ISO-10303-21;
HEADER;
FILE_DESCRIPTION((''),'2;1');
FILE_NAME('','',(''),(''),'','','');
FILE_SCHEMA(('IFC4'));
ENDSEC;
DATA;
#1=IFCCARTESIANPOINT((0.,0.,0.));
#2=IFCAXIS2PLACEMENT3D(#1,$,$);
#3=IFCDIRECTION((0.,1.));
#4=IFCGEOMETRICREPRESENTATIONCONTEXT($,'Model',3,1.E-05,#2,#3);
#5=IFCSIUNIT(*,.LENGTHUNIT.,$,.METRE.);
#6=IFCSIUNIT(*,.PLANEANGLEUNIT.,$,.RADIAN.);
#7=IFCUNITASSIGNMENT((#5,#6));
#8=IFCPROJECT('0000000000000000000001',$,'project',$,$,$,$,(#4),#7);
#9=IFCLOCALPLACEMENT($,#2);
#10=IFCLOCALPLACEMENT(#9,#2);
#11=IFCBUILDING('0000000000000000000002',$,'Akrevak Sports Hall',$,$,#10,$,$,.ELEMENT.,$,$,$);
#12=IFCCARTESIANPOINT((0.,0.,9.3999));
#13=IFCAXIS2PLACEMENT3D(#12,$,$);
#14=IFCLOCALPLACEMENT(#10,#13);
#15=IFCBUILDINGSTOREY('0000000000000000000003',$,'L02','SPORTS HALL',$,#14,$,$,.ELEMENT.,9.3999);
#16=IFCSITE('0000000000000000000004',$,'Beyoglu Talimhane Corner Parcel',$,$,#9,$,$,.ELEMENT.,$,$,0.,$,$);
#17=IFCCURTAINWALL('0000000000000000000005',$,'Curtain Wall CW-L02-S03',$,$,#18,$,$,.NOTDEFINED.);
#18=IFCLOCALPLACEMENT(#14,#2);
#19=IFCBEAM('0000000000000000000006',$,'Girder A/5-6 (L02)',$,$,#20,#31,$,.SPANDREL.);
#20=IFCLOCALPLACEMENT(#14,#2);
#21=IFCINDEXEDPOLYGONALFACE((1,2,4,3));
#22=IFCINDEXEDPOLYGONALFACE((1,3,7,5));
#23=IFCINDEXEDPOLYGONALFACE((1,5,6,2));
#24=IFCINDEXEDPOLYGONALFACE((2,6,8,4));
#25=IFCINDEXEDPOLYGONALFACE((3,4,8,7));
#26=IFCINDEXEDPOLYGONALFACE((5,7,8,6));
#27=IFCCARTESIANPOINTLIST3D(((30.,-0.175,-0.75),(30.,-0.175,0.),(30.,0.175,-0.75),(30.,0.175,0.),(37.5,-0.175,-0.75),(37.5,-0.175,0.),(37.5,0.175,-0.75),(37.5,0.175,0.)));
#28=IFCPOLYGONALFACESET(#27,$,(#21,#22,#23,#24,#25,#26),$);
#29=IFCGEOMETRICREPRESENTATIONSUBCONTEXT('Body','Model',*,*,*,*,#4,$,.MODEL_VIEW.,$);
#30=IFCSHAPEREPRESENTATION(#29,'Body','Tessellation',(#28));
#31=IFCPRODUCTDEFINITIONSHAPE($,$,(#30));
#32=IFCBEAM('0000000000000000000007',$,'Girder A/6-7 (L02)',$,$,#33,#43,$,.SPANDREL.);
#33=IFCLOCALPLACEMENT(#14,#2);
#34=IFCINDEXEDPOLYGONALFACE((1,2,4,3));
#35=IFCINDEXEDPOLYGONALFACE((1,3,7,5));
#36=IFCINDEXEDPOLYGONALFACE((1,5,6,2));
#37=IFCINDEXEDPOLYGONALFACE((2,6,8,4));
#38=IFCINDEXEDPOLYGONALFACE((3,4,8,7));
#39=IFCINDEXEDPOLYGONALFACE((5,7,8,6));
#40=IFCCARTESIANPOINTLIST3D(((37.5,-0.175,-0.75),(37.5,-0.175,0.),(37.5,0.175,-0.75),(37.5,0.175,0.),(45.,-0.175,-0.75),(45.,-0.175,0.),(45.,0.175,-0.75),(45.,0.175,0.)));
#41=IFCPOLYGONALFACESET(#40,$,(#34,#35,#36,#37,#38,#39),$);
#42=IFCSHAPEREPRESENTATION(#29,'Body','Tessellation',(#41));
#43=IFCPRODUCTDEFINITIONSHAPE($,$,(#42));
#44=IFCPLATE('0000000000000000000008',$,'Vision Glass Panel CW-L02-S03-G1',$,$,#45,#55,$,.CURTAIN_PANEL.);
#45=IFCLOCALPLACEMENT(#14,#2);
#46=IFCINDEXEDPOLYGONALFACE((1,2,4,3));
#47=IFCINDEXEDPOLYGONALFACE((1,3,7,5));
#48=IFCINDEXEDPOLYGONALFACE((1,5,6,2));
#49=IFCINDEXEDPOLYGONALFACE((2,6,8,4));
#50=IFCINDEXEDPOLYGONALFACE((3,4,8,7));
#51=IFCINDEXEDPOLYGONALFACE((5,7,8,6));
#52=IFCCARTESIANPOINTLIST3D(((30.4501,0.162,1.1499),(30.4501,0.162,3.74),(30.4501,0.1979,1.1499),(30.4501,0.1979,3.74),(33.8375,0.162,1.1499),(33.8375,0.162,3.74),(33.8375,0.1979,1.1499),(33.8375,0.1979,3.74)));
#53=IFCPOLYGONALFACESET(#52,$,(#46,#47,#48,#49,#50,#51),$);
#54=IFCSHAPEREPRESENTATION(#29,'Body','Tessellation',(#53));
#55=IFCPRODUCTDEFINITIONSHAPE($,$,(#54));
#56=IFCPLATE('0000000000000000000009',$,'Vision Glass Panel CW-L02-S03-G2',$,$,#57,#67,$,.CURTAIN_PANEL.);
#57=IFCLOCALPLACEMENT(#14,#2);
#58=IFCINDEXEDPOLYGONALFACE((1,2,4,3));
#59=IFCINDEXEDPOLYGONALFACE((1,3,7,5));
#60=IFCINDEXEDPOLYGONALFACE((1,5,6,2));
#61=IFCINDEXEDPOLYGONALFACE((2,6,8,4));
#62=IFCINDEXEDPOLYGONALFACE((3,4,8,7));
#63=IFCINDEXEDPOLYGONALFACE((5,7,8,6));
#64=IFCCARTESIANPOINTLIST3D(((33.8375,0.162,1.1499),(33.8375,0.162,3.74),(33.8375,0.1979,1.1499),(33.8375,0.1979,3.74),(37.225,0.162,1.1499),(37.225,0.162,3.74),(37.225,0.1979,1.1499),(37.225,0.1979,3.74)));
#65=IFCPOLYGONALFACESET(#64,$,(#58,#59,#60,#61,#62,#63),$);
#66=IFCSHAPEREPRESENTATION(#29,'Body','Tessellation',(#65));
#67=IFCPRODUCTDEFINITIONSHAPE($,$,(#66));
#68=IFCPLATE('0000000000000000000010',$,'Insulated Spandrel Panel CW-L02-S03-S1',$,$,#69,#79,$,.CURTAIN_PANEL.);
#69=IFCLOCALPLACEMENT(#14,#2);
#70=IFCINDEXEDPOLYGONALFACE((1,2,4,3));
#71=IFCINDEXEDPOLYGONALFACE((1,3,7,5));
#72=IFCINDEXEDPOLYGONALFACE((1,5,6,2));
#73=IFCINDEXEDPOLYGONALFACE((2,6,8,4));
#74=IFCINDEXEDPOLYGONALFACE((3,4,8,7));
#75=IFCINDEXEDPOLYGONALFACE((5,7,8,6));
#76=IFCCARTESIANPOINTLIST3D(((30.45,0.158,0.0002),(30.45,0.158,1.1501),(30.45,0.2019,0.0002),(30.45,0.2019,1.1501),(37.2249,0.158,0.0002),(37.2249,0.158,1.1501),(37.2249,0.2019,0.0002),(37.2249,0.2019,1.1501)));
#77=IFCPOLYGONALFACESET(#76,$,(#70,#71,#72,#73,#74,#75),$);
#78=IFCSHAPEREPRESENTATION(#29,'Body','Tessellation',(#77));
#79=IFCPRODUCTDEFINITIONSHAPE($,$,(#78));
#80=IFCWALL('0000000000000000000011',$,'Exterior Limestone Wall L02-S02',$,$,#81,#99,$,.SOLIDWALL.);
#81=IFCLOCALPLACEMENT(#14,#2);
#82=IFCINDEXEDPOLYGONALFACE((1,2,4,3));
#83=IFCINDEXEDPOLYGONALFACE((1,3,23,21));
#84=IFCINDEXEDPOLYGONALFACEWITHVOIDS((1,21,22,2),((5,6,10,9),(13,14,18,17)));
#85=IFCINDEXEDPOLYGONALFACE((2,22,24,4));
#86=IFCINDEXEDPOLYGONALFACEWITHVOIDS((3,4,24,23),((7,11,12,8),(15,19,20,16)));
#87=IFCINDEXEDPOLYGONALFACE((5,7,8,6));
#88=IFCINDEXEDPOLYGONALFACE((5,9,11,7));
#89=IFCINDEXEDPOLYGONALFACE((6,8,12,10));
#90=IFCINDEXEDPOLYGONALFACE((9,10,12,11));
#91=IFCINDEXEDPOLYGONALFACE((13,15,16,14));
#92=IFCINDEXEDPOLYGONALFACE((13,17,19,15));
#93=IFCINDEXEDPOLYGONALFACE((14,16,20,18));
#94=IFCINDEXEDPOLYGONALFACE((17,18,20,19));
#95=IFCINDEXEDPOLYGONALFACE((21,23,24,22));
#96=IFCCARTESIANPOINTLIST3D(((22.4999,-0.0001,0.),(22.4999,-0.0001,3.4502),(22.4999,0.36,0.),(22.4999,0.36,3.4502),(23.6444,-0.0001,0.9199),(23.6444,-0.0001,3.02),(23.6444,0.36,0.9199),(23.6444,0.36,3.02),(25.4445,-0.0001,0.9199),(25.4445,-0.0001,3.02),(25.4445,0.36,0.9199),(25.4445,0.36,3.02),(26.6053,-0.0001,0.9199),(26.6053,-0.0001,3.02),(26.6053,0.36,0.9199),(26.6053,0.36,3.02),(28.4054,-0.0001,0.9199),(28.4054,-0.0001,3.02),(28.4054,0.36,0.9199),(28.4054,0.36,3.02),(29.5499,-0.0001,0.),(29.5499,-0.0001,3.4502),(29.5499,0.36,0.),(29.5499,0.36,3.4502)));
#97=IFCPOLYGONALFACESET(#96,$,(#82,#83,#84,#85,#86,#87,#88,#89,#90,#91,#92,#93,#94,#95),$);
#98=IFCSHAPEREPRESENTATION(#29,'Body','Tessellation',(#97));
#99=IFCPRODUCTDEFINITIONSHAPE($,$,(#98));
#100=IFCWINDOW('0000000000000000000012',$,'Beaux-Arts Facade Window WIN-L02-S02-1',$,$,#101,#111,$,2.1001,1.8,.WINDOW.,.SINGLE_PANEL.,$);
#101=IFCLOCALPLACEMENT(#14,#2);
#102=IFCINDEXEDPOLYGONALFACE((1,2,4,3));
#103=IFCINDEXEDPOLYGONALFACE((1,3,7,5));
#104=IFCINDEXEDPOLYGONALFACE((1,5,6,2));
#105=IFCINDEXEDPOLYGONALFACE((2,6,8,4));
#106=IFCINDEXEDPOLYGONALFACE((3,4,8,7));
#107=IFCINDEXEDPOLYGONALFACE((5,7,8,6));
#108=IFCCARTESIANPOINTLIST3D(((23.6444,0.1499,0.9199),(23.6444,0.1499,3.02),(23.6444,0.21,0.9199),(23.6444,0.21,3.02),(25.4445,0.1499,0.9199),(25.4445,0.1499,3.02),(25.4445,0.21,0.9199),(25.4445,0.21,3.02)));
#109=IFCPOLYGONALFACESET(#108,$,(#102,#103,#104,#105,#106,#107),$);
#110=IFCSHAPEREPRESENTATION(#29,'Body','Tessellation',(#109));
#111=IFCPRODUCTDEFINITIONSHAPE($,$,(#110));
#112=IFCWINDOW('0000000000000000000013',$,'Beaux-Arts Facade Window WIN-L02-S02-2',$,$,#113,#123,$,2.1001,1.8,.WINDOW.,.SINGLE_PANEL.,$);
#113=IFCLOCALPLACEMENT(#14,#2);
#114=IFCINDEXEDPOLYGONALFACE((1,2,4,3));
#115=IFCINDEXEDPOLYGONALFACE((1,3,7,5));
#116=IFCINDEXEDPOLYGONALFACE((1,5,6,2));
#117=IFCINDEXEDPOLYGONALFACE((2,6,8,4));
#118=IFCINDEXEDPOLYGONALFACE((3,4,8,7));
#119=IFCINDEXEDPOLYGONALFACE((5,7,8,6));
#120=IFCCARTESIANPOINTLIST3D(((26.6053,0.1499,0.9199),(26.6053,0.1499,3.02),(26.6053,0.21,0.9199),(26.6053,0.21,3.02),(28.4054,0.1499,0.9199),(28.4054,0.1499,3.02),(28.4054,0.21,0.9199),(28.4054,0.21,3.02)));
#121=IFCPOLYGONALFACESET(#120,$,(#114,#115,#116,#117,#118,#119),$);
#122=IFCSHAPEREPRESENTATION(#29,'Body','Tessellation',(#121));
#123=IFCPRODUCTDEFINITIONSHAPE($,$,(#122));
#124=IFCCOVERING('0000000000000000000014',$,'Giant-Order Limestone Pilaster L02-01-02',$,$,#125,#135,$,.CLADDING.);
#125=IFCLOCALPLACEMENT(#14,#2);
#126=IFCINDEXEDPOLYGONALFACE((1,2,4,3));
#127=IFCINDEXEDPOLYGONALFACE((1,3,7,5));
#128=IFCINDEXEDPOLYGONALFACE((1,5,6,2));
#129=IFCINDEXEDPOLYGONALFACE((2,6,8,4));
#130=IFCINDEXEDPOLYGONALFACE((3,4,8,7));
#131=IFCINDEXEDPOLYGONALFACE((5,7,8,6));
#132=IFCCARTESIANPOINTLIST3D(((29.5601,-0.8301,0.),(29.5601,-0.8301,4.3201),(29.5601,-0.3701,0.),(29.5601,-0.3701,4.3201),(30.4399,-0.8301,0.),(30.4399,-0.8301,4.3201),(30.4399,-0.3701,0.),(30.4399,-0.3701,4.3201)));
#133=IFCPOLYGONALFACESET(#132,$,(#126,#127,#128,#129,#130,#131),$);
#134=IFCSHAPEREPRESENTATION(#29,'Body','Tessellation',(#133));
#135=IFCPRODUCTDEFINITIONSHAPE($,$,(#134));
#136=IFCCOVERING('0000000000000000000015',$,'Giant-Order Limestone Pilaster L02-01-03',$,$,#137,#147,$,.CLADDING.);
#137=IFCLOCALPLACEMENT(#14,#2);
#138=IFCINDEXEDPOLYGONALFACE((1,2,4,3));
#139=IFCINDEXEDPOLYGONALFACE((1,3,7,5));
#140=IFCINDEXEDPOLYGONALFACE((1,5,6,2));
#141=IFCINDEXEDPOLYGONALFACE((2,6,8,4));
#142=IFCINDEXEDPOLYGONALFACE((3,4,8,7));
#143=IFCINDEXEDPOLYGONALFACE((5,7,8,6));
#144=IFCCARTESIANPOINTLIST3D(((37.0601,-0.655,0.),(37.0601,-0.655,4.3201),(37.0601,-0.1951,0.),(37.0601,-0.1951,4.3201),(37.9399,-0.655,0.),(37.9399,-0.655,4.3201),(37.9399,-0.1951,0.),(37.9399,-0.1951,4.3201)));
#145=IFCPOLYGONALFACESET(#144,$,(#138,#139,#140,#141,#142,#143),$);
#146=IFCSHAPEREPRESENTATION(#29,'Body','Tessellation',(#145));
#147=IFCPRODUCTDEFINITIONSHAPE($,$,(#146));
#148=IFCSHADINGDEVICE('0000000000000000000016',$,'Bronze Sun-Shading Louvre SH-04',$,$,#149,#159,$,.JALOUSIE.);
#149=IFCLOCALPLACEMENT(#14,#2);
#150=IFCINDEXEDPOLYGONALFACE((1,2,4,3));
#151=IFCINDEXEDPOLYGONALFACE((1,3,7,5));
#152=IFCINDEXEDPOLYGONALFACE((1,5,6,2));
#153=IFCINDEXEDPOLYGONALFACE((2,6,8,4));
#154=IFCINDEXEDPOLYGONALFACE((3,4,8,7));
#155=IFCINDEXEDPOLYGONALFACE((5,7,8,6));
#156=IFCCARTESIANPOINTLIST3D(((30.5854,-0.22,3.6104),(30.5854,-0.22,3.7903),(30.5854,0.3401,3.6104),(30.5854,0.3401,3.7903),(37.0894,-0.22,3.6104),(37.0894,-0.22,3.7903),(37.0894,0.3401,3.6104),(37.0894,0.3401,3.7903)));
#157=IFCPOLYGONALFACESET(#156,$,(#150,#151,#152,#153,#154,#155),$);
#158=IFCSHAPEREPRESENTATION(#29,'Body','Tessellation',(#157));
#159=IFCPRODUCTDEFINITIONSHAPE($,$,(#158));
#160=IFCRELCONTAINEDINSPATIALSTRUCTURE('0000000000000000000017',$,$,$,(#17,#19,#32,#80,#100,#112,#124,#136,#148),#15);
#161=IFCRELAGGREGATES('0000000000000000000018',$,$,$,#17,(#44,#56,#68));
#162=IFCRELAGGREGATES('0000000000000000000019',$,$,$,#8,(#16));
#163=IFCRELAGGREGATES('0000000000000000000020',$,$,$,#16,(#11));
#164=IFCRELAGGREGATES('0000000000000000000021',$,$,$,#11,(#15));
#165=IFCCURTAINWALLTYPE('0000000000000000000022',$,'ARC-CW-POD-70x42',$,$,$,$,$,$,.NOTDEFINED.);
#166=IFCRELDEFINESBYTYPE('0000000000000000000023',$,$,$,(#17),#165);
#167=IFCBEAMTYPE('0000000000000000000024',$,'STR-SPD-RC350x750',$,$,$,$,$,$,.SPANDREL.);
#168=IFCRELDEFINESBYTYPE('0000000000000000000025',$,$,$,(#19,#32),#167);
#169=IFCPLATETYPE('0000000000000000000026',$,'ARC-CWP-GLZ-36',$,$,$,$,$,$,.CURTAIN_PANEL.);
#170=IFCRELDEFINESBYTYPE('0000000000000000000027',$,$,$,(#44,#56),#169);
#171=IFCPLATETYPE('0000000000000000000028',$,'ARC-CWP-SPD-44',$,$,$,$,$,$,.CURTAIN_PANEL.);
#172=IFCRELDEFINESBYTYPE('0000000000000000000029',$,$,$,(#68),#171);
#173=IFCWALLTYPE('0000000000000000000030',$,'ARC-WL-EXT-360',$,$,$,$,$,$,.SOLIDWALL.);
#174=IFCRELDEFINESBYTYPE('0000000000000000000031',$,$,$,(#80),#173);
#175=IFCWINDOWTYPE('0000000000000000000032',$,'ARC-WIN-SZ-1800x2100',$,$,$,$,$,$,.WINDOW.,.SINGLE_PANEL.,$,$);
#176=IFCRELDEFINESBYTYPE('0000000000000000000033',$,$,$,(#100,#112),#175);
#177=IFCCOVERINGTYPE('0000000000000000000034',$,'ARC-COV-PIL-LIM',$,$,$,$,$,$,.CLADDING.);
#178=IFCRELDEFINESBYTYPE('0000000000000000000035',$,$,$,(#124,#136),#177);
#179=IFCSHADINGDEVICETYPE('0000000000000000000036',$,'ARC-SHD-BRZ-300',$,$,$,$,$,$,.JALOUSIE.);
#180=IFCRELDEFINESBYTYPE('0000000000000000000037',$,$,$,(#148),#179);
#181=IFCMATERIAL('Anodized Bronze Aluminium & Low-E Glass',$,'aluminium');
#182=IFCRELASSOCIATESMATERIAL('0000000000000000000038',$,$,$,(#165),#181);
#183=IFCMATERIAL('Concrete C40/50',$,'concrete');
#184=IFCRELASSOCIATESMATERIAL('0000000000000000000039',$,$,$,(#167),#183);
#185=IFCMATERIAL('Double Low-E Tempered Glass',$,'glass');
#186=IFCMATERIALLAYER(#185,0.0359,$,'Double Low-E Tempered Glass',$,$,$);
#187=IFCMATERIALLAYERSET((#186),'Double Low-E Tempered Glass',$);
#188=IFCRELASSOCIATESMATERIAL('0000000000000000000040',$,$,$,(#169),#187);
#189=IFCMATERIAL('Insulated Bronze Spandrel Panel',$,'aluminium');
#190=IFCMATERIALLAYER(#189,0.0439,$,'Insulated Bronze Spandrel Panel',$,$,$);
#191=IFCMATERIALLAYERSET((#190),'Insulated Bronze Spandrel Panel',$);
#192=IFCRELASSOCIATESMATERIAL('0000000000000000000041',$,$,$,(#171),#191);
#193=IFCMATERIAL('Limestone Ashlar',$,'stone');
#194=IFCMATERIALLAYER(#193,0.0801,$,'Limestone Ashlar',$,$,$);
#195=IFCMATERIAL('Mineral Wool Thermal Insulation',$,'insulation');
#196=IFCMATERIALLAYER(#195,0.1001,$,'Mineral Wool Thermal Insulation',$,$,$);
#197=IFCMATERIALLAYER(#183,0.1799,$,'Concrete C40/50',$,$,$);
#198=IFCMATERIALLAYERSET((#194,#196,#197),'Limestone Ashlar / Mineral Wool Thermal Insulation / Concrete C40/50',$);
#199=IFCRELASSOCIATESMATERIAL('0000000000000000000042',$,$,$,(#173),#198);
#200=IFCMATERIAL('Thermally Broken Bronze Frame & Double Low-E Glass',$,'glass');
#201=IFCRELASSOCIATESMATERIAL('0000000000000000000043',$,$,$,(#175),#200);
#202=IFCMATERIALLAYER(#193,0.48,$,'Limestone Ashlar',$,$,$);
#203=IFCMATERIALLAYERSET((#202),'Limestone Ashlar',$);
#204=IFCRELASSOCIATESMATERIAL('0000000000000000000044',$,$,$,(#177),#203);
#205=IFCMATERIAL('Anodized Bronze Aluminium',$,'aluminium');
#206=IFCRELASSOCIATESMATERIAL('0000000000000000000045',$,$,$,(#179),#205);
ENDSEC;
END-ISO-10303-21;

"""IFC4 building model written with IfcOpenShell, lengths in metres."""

from ifc_helpers import new_model, si_unit, direction, frame, frame_2d, origin, origin_2d, place, context, subcontext, project, spatial, rectangle, extrude, material, layer, layer_set, material_profile, profile_set, type_object, element, fill, aggregate, save


model = new_model("IFC4")

# Units and contexts
model_context = context("Model", 3, precision=1e-05, world=origin(), true_north=direction((0.0, 1.0)))
body_context = subcontext(model_context, "Body", "Model", "MODEL_VIEW")
ifc_project = project(units=[si_unit("LENGTHUNIT", "METRE"), si_unit("PLANEANGLEUNIT", "RADIAN")], contexts=[model_context])

# Site, building, storey
site_placement = place(None, origin())
site = spatial("IfcSite", under=ifc_project, at=site_placement, Name="Beyoglu Talimhane Corner Parcel", CompositionType="ELEMENT", RefElevation=0.0)
building_placement = place(site_placement, origin())
building = spatial("IfcBuilding", under=site, at=building_placement, Name="Akrevak Sports Hall", CompositionType="ELEMENT")
storey_placement = place(building_placement, frame((0.0, 0.0, 9.3999)))
storey = spatial("IfcBuildingStorey", under=building, at=storey_placement, Name="L02", Description="SPORTS HALL", CompositionType="ELEMENT", Elevation=9.3999)

# Shared definitions
ifc_material_1 = material(Name="Concrete C40/50", Category="concrete")

# Curtain wall
ifc_material_2 = material(Name="Anodized Bronze Aluminium & Low-E Glass", Category="aluminium")
curtain_wall_type = type_object("IfcCurtainWallType", Name="ARC-CW-POD-70x42", PredefinedType="NOTDEFINED", material=ifc_material_2)
curtain_wall_placement = place(storey_placement, origin())
curtain_wall = element("IfcCurtainWall", 1, at=curtain_wall_placement, inside=storey, type_object=curtain_wall_type, Name="Curtain Wall CW-L02-S03", PredefinedType="NOTDEFINED")
ifc_material_3 = material(Name="Anodized Bronze Aluminium", Category="aluminium")

# Beams
ifc_material_profile_1 = material_profile(ifc_material_1, rectangle(XDim=0.3501, YDim=0.75, at=origin_2d()), Name="SPD 350x750", Category="concrete")
ifc_profile_set_1 = profile_set([ifc_material_profile_1], Name="Concrete C40/50")
beam_type_1 = type_object("IfcBeamType", Name="STR-SPD-RC350x750", PredefinedType="SPANDREL", material=ifc_profile_set_1)
for number, where, z_axis, x_axis, name in (
    (2, (30.0, 0.0, -0.375), (1.0, 0.0, 0.0), (0.0, 1.0, 0.0), "Girder A/5-6 (L02)"),
    (3, (37.5, 0.0, -0.375), (1.0, 0.0, 0.0), (0.0, 1.0, 0.0), "Girder A/6-7 (L02)"),
):
    element("IfcBeam", number, at=place(storey_placement, frame(where, z_axis=z_axis, x_axis=x_axis)), inside=storey, type_object=beam_type_1, Name=name, PredefinedType="SPANDREL", context=body_context, shape_type="SweptSolid", body=[
        extrude(rectangle(XDim=0.3501, YDim=0.75, at=origin_2d()), origin(), (0.0, 0.0, 1.0), 7.5),
    ])

# Plates
ifc_material_4 = material(Name="Double Low-E Tempered Glass", Category="glass")
ifc_layer_1 = layer(ifc_material_4, 0.0359, Name="Double Low-E Tempered Glass")
ifc_layer_set_1 = layer_set([ifc_layer_1], Name="Double Low-E Tempered Glass")
plate_type_1 = type_object("IfcPlateType", Name="ARC-CWP-GLZ-36", PredefinedType="CURTAIN_PANEL", material=ifc_layer_set_1)
plate_1_placement = place(storey_placement, frame((32.1438, 0.1799, 1.1499), z_axis=(0.0, 0.0, 1.0), x_axis=(1.0, 0.0, 0.0)))
plate_1 = element("IfcPlate", 4, at=plate_1_placement, type_object=plate_type_1, Name="Vision Glass Panel CW-L02-S03-G1", PredefinedType="CURTAIN_PANEL", context=body_context, shape_type="SweptSolid", body=[
    extrude(rectangle(XDim=3.3875, YDim=0.0359, at=origin_2d()), origin(), (0.0, 0.0, 1.0), 2.5901),
])
plate_2_placement = place(storey_placement, frame((35.5312, 0.1799, 1.1499), z_axis=(0.0, 0.0, 1.0), x_axis=(1.0, 0.0, 0.0)))
plate_2 = element("IfcPlate", 5, at=plate_2_placement, type_object=plate_type_1, Name="Vision Glass Panel CW-L02-S03-G2", PredefinedType="CURTAIN_PANEL", context=body_context, shape_type="SweptSolid", body=[
    extrude(rectangle(XDim=3.3875, YDim=0.0359, at=origin_2d()), origin(), (0.0, 0.0, 1.0), 2.5901),
])
ifc_material_5 = material(Name="Insulated Bronze Spandrel Panel", Category="aluminium")
ifc_layer_2 = layer(ifc_material_5, 0.0439, Name="Insulated Bronze Spandrel Panel")
ifc_layer_set_2 = layer_set([ifc_layer_2], Name="Insulated Bronze Spandrel Panel")
plate_type_2 = type_object("IfcPlateType", Name="ARC-CWP-SPD-44", PredefinedType="CURTAIN_PANEL", material=ifc_layer_set_2)
plate_3_placement = place(storey_placement, frame((33.8374, 0.1799, 0.0002), z_axis=(0.0, 0.0, 1.0), x_axis=(1.0, 0.0, 0.0)))
plate_3 = element("IfcPlate", 6, at=plate_3_placement, type_object=plate_type_2, Name="Insulated Spandrel Panel CW-L02-S03-S1", PredefinedType="CURTAIN_PANEL", context=body_context, shape_type="SweptSolid", body=[
    extrude(rectangle(XDim=6.7749, YDim=0.0439, at=origin_2d()), origin(), (0.0, 0.0, 1.0), 1.1499),
])
aggregate(curtain_wall, [plate_1, plate_2, plate_3])

# Wall, openings, windows
ifc_material_6 = material(Name="Limestone Ashlar", Category="stone")
ifc_layer_3 = layer(ifc_material_6, 0.0801, Name="Limestone Ashlar")
ifc_material_7 = material(Name="Mineral Wool Thermal Insulation", Category="insulation")
ifc_layer_4 = layer(ifc_material_7, 0.1001, Name="Mineral Wool Thermal Insulation")
ifc_layer_5 = layer(ifc_material_1, 0.1799, Name="Concrete C40/50")
ifc_layer_set_3 = layer_set([ifc_layer_3, ifc_layer_4, ifc_layer_5], Name="Limestone Ashlar / Mineral Wool Thermal Insulation / Concrete C40/50")
wall_type = type_object("IfcWallType", Name="ARC-WL-EXT-360", PredefinedType="SOLIDWALL", material=ifc_layer_set_3)
wall_placement = place(storey_placement, frame((22.5, 0.1799, 0.0), z_axis=(0.0, 0.0, 1.0), x_axis=(1.0, 0.0, 0.0)))
wall = element("IfcWall", 7, at=wall_placement, inside=storey, type_object=wall_type, Name="Exterior Limestone Wall L02-S02", PredefinedType="SOLIDWALL", context=body_context, shape_type="SweptSolid", body=[
    extrude(rectangle(XDim=7.05, YDim=0.3601, at=frame_2d((3.5249, 0.0))), origin(), (0.0, 0.0, 1.0), 3.4502),
])
opening_1_placement = place(wall_placement, frame((1.1445, 0.0, 0.9199)))
opening_1 = element("IfcOpeningElement", 8, at=opening_1_placement, cuts=wall, PredefinedType="OPENING", context=body_context, shape_type="SweptSolid", body=[
    extrude(rectangle(XDim=1.8, YDim=2.1001, at=frame_2d((0.8999, 1.05))), frame((0.0, 0.1919, 0.0), z_axis=(0.0, -1.0, 0.0), x_axis=(1.0, 0.0, 0.0)), (0.0, 0.0, 1.0), 0.384),
])
opening_2_placement = place(wall_placement, frame((4.1055, 0.0, 0.9199)))
opening_2 = element("IfcOpeningElement", 9, at=opening_2_placement, cuts=wall, PredefinedType="OPENING", context=body_context, shape_type="SweptSolid", body=[
    extrude(rectangle(XDim=1.8, YDim=2.1001, at=frame_2d((0.8999, 1.05))), frame((0.0, 0.1919, 0.0), z_axis=(0.0, -1.0, 0.0), x_axis=(1.0, 0.0, 0.0)), (0.0, 0.0, 1.0), 0.384),
])
ifc_material_8 = material(Name="Thermally Broken Bronze Frame & Double Low-E Glass", Category="glass")
window_type = type_object("IfcWindowType", Name="ARC-WIN-SZ-1800x2100", PartitioningType="SINGLE_PANEL", PredefinedType="WINDOW", material=ifc_material_8)
window_1_placement = place(opening_1_placement, origin())
window_1 = element("IfcWindow", 10, at=window_1_placement, inside=storey, type_object=window_type, Name="Beaux-Arts Facade Window WIN-L02-S02-1", OverallHeight=2.1001, OverallWidth=1.8, PartitioningType="SINGLE_PANEL", PredefinedType="WINDOW", context=body_context, shape_type="SweptSolid", body=[
    extrude(rectangle(XDim=1.8, YDim=2.1001, at=frame_2d((0.8999, 1.05))), frame((0.0, 0.03, 0.0), z_axis=(0.0, -1.0, 0.0), x_axis=(1.0, 0.0, 0.0)), (0.0, 0.0, 1.0), 0.0601),
])
fill(opening_1, window_1)
window_2_placement = place(opening_2_placement, origin())
window_2 = element("IfcWindow", 11, at=window_2_placement, inside=storey, type_object=window_type, Name="Beaux-Arts Facade Window WIN-L02-S02-2", OverallHeight=2.1001, OverallWidth=1.8, PartitioningType="SINGLE_PANEL", PredefinedType="WINDOW", context=body_context, shape_type="SweptSolid", body=[
    extrude(rectangle(XDim=1.8, YDim=2.1001, at=frame_2d((0.8999, 1.05))), frame((0.0, 0.03, 0.0), z_axis=(0.0, -1.0, 0.0), x_axis=(1.0, 0.0, 0.0)), (0.0, 0.0, 1.0), 0.0601),
])
fill(opening_2, window_2)

# Coverings
ifc_layer_6 = layer(ifc_material_6, 0.48, Name="Limestone Ashlar")
ifc_layer_set_4 = layer_set([ifc_layer_6], Name="Limestone Ashlar")
covering_type = type_object("IfcCoveringType", Name="ARC-COV-PIL-LIM", PredefinedType="CLADDING", material=ifc_layer_set_4)
for number, where, z_axis, x_axis, name in (
    (12, (30.0, -0.6001, 0.0), (0.0, 0.0, 1.0), (1.0, 0.0, 0.0), "Giant-Order Limestone Pilaster L02-01-02"),
    (13, (37.5, -0.425, 0.0), (0.0, 0.0, 1.0), (1.0, 0.0, 0.0), "Giant-Order Limestone Pilaster L02-01-03"),
):
    element("IfcCovering", number, at=place(storey_placement, frame(where, z_axis=z_axis, x_axis=x_axis)), inside=storey, type_object=covering_type, Name=name, PredefinedType="CLADDING", context=body_context, shape_type="SweptSolid", body=[
        extrude(rectangle(XDim=0.8799, YDim=0.46, at=origin_2d()), origin(), (0.0, 0.0, 1.0), 4.3201),
    ])

# Shading device
shading_device_type = type_object("IfcShadingDeviceType", Name="ARC-SHD-BRZ-300", PredefinedType="JALOUSIE", material=ifc_material_3)
shading_device_placement = place(storey_placement, frame((33.8374, 0.0601, 3.6104), z_axis=(0.0, 0.0, 1.0), x_axis=(1.0, 0.0, 0.0)))
element("IfcShadingDevice", 14, at=shading_device_placement, inside=storey, type_object=shading_device_type, Name="Bronze Sun-Shading Louvre SH-04", PredefinedType="JALOUSIE", context=body_context, shape_type="SweptSolid", body=[
    extrude(rectangle(XDim=6.5039, YDim=0.5601, at=origin_2d()), origin(), (0.0, 0.0, 1.0), 0.1799),
])

save(model, "model.ifc")
